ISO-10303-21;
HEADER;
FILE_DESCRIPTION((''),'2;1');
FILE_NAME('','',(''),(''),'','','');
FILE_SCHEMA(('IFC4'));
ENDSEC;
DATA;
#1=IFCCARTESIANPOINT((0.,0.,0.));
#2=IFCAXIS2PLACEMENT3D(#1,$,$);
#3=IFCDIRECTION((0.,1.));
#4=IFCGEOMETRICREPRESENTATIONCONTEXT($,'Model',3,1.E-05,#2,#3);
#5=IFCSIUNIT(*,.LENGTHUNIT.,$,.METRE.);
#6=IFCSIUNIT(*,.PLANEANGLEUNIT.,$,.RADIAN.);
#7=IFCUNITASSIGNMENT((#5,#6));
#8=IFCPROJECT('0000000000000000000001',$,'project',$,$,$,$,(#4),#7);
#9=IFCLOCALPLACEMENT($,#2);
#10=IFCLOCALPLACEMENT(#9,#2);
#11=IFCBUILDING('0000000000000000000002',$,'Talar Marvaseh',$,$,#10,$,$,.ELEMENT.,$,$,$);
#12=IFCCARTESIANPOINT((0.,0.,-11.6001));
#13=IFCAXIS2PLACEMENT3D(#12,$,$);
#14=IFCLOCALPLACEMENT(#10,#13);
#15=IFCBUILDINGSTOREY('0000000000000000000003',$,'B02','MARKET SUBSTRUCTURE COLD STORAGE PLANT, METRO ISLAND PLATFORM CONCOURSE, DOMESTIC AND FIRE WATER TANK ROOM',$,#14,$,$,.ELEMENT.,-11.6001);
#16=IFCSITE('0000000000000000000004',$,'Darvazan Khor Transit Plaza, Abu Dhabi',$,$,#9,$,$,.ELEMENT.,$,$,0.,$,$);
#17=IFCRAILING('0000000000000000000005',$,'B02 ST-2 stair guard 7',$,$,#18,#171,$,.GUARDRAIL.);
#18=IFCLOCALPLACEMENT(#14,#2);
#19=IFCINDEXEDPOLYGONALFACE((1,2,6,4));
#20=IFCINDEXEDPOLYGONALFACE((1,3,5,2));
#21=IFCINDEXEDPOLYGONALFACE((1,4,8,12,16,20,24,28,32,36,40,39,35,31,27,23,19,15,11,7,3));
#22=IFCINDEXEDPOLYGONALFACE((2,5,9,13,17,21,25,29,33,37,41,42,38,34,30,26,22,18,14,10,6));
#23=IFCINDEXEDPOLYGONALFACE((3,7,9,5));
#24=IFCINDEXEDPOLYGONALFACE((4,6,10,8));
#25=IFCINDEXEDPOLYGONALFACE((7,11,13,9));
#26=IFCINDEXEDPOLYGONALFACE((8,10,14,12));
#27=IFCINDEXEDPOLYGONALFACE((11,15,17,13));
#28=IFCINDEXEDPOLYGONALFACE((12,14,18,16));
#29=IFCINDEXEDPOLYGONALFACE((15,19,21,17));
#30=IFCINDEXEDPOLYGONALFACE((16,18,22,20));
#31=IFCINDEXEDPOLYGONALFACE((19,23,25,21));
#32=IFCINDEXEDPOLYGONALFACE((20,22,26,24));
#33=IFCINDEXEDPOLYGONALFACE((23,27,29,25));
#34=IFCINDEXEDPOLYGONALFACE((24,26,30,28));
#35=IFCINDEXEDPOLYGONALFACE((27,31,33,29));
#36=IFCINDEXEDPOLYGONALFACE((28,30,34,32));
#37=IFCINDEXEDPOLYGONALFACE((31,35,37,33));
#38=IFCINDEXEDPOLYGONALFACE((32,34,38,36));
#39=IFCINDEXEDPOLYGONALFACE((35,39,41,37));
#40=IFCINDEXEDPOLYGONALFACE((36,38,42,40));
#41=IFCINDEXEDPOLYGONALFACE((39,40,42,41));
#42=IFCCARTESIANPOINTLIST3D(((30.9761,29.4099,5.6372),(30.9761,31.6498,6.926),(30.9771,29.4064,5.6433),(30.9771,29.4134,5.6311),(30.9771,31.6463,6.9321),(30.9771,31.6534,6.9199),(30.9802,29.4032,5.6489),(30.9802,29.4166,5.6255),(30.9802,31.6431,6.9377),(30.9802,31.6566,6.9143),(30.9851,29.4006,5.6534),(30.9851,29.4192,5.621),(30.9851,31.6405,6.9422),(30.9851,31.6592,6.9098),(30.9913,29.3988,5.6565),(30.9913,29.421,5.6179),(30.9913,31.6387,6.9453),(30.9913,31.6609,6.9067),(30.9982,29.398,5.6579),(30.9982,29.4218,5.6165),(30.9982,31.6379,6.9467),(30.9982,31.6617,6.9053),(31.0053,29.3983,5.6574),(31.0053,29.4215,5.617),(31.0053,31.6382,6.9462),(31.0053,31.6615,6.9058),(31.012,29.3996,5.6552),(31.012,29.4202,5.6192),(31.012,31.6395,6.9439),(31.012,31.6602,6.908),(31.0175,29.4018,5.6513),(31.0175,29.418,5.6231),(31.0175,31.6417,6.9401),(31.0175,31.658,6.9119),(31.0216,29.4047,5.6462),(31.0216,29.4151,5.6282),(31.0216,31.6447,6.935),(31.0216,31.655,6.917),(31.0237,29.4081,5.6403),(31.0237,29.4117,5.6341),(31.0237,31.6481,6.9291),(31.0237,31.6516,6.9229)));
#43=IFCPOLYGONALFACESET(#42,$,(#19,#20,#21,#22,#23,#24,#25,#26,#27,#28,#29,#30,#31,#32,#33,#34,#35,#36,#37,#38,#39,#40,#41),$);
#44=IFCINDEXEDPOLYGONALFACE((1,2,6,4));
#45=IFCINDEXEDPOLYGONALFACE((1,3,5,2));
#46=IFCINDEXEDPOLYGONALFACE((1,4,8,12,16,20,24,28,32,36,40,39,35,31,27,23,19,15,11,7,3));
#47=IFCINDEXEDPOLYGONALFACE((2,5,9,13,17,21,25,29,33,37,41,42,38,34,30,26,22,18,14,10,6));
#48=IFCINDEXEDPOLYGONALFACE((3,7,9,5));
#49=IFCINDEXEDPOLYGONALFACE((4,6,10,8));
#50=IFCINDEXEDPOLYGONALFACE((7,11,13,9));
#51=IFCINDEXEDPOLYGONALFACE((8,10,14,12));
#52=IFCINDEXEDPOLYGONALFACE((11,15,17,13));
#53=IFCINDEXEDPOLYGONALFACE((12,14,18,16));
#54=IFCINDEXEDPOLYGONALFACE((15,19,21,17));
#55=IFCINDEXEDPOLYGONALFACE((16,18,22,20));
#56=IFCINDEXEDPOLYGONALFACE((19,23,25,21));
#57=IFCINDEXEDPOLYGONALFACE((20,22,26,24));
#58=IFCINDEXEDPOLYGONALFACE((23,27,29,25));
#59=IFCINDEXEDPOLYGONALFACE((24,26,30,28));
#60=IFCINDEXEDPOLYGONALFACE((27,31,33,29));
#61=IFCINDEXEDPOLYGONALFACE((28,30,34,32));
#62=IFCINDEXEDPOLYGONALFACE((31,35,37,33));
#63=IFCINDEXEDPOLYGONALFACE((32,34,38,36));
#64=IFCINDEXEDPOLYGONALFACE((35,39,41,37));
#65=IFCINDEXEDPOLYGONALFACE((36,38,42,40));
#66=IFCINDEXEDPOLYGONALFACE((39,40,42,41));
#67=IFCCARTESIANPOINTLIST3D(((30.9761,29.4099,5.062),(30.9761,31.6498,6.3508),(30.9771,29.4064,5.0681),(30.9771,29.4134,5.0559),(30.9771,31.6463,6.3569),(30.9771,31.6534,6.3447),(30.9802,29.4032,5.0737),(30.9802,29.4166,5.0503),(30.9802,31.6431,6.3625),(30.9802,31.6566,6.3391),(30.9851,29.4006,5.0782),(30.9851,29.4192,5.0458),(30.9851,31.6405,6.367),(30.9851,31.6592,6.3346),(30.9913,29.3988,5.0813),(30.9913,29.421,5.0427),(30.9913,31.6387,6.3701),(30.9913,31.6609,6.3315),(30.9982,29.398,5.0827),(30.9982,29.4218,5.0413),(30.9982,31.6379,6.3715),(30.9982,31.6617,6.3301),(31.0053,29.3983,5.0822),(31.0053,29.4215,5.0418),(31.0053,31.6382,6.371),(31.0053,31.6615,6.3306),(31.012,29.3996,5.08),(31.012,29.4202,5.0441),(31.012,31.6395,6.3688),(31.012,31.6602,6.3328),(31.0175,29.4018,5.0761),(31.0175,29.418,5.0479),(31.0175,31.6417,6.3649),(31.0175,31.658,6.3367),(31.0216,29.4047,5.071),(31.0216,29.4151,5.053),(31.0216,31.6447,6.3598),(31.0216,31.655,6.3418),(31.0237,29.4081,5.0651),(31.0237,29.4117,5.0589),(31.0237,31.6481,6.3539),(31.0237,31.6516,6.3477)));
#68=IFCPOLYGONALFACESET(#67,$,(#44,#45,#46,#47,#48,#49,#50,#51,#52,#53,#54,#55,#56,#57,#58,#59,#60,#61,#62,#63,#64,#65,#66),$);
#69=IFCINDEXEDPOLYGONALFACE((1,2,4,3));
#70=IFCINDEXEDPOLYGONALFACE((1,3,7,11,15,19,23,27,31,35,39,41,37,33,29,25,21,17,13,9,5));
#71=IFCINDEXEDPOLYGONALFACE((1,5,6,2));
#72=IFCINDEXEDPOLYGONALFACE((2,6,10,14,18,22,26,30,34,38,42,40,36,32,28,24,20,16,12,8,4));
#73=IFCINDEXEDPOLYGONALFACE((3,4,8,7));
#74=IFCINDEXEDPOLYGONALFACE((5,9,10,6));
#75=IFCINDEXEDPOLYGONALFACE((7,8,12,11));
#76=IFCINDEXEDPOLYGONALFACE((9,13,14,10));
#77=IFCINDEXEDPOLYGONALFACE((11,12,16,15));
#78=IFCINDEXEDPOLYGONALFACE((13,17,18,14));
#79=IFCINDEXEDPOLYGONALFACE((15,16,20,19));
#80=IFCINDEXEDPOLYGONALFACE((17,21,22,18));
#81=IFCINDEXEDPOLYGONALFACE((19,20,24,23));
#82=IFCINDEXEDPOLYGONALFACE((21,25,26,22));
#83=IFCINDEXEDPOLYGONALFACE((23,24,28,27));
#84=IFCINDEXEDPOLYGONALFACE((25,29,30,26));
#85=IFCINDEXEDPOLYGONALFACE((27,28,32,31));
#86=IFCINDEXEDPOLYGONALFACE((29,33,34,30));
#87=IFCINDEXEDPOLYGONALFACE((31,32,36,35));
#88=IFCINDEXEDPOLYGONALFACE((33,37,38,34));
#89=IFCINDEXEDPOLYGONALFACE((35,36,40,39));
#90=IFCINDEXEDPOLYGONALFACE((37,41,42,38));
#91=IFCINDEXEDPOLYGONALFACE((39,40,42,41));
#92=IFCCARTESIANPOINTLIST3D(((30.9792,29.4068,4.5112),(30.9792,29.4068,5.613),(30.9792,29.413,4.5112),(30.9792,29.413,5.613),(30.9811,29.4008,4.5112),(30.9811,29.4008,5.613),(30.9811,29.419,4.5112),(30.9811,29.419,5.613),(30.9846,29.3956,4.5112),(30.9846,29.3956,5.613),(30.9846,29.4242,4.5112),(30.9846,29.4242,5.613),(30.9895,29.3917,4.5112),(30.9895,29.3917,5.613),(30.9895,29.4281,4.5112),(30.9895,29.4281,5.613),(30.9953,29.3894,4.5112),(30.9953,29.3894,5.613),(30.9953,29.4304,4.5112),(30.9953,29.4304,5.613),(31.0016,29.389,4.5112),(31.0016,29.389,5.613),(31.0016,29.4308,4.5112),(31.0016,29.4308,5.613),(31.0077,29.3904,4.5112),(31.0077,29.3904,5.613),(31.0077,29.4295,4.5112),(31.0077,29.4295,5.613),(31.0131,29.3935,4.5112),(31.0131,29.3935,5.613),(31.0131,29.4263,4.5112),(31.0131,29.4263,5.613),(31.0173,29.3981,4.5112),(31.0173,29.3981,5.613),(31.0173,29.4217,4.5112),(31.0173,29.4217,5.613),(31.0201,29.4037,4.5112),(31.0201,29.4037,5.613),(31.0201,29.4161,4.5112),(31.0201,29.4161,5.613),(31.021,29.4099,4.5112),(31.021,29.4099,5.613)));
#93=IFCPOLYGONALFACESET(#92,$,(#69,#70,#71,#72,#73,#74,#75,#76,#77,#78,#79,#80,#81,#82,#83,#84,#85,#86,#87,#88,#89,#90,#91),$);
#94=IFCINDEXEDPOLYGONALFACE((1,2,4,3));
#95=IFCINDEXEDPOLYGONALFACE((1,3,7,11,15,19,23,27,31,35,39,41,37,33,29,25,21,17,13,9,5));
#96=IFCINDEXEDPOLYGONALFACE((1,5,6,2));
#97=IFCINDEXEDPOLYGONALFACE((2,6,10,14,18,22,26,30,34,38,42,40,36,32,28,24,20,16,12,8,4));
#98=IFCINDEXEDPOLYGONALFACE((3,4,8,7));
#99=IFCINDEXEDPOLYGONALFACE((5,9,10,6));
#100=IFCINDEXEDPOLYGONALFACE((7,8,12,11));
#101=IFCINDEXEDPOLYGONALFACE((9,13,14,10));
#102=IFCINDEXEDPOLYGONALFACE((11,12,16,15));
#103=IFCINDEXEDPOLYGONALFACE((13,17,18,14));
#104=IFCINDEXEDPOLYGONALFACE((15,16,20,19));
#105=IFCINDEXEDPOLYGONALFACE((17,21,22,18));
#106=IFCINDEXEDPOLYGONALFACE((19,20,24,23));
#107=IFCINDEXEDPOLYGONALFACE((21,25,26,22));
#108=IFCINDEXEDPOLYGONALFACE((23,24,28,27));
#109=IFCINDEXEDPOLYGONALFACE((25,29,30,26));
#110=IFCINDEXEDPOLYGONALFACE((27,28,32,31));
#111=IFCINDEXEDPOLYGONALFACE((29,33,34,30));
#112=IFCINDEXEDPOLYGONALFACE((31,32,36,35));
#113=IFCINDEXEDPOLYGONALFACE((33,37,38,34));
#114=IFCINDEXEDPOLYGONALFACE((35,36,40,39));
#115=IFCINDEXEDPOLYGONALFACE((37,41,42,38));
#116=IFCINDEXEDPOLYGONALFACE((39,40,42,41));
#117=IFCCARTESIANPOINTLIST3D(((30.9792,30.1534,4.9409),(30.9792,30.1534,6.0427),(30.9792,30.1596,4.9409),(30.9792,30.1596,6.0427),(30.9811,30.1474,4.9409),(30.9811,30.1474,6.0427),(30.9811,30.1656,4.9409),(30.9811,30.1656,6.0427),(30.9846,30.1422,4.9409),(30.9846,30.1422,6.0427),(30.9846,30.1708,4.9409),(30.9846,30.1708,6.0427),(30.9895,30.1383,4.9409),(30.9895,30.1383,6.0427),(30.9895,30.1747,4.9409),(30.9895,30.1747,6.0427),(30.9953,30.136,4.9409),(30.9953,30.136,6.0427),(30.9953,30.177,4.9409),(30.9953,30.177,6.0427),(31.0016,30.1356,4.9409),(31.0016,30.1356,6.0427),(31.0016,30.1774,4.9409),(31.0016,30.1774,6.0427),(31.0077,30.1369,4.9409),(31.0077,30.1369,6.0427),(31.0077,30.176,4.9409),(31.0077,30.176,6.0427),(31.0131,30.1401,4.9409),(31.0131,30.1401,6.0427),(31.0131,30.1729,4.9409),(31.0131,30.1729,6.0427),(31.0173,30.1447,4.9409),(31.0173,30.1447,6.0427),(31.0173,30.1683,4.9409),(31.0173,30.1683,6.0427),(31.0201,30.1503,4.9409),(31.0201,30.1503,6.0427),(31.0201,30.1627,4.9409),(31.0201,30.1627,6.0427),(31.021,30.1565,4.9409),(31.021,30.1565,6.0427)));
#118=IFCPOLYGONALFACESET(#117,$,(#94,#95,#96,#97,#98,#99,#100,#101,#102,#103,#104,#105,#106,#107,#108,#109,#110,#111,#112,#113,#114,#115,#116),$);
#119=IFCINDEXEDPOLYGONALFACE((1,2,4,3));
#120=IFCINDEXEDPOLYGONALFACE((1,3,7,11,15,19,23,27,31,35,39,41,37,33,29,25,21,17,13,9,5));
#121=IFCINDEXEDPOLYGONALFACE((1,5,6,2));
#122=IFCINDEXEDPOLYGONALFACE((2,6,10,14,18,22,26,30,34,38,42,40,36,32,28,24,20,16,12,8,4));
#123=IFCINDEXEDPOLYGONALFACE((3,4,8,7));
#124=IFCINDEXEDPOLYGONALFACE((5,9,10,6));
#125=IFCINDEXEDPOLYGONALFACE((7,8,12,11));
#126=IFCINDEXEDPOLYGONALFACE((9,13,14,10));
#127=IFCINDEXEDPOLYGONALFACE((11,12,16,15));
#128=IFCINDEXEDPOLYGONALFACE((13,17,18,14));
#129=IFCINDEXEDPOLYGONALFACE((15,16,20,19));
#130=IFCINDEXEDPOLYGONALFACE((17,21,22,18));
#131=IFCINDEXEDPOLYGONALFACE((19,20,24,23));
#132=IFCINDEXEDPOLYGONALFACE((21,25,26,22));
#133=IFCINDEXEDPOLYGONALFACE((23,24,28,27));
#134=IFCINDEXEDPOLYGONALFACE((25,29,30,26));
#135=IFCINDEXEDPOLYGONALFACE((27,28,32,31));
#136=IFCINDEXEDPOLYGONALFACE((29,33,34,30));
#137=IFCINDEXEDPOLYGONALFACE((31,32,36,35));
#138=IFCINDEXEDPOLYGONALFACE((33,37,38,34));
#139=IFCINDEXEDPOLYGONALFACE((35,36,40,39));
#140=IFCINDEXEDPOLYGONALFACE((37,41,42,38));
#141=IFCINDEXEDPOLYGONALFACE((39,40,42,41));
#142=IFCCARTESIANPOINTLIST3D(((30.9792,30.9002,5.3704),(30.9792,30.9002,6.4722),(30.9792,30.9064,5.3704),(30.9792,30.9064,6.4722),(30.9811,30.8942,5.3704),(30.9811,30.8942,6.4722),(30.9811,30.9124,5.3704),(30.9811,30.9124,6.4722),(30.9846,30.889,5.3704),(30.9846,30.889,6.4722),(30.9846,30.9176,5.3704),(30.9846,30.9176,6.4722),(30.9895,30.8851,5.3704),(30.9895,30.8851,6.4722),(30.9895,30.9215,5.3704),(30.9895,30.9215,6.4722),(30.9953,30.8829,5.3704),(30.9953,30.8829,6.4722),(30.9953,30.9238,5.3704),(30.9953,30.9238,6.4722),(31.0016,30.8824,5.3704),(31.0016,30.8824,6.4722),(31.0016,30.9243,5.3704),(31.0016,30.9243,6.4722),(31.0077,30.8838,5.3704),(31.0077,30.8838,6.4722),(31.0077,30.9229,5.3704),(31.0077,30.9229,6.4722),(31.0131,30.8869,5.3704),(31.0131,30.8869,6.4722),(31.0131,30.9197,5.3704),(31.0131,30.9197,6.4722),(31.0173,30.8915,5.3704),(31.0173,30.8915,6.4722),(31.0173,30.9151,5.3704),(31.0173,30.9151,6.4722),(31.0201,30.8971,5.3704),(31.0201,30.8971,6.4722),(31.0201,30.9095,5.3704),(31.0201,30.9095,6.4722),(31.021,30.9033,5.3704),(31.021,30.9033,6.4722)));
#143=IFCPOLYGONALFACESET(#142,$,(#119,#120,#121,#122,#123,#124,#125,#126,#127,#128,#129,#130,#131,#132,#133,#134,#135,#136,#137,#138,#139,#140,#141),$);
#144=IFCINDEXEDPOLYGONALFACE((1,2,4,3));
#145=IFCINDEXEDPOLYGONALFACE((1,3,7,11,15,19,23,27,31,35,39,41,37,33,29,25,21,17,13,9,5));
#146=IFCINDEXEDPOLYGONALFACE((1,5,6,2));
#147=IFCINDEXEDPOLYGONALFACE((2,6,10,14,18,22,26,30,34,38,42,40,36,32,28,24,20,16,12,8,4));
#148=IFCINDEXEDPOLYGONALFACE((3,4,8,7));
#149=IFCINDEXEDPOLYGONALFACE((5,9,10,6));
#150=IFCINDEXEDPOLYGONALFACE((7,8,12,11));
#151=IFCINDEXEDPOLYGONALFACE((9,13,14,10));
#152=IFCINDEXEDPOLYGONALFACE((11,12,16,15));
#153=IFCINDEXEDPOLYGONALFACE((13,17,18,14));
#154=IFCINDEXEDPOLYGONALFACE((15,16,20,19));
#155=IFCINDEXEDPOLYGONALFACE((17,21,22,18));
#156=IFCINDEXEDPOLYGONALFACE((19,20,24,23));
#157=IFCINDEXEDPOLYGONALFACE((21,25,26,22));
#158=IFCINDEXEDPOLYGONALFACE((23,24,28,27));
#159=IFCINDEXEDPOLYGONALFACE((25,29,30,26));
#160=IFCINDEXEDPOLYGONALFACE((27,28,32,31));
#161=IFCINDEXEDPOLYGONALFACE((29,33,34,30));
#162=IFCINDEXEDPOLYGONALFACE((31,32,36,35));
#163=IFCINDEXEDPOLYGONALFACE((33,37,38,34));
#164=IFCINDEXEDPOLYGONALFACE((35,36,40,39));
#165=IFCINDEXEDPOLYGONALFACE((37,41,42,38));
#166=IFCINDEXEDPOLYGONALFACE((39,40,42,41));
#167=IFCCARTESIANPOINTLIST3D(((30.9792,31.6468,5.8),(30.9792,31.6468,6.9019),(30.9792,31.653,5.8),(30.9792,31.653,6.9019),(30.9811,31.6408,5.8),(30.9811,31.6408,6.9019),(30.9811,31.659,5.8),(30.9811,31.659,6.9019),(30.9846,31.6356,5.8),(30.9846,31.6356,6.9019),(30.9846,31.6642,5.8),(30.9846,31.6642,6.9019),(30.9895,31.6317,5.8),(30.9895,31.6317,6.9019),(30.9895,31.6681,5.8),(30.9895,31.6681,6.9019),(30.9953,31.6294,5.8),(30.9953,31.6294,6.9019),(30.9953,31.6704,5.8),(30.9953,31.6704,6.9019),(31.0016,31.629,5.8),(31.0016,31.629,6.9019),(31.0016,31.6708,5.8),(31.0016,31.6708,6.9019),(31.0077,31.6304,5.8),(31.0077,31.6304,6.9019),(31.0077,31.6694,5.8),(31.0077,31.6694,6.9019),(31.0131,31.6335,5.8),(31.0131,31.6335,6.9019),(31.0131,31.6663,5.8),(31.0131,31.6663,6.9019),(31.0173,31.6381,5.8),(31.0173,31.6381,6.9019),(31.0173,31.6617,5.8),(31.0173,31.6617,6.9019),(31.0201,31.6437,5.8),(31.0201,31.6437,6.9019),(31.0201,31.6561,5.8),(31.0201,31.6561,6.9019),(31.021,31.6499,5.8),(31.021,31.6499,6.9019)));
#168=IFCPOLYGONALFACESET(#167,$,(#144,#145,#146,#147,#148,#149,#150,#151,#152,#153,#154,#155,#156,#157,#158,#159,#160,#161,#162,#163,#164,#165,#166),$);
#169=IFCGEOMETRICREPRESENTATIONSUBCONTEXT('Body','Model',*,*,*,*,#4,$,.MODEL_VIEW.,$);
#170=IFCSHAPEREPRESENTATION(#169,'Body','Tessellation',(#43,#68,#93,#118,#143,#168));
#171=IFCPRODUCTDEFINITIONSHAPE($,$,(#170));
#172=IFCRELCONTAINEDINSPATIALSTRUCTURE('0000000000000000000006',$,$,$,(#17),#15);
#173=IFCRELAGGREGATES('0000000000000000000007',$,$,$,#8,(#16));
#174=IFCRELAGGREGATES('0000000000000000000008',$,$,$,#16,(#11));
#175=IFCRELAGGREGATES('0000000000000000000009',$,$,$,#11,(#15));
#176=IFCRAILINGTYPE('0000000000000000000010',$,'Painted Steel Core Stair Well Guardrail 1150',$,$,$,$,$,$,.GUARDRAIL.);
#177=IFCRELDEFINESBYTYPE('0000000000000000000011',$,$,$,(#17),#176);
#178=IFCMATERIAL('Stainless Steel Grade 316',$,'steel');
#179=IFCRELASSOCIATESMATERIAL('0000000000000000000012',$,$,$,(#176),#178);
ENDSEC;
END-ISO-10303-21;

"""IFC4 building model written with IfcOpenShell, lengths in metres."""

from ifc_helpers import new_model, si_unit, direction, frame, origin, origin_2d, place, context, subcontext, project, spatial, circle, extrude, material, type_object, element, save


model = new_model("IFC4")

# Units and contexts
model_context = context("Model", 3, precision=1e-05, world=origin(), true_north=direction((0.0, 1.0)))
body_context = subcontext(model_context, "Body", "Model", "MODEL_VIEW")
ifc_project = project(units=[si_unit("LENGTHUNIT", "METRE"), si_unit("PLANEANGLEUNIT", "RADIAN")], contexts=[model_context])

# Site, building, storey
site_placement = place(None, origin())
site = spatial("IfcSite", under=ifc_project, at=site_placement, Name="Darvazan Khor Transit Plaza, Abu Dhabi", CompositionType="ELEMENT", RefElevation=0.0)
building_placement = place(site_placement, origin())
building = spatial("IfcBuilding", under=site, at=building_placement, Name="Talar Marvaseh", CompositionType="ELEMENT")
storey_placement = place(building_placement, frame((0.0, 0.0, -11.6001)))
storey = spatial("IfcBuildingStorey", under=building, at=storey_placement, Name="B02", Description="MARKET SUBSTRUCTURE COLD STORAGE PLANT, METRO ISLAND PLATFORM CONCOURSE, DOMESTIC AND FIRE WATER TANK ROOM", CompositionType="ELEMENT", Elevation=-11.6001)

# Railing
ifc_material_1 = material(Name="Stainless Steel Grade 316", Category="steel")
railing_type_1 = type_object("IfcRailingType", Name="Painted Steel Core Stair Well Guardrail 1150", PredefinedType="GUARDRAIL", material=ifc_material_1)
for number, where, name in (
    (1, (31.0, 29.4099, 4.5112), "B02 ST-2 stair guard 7"),
):
    element("IfcRailing", number, at=place(storey_placement, frame(where)), inside=storey, type_object=railing_type_1, Name=name, PredefinedType="GUARDRAIL", context=body_context, shape_type="SweptSolid", body=[
        extrude(circle(Radius=0.0239, at=origin_2d()), frame((0.0, 0.0, 1.126), z_axis=(0.0, 0.866768, 0.498711), x_axis=(-1.0, 0.0, 0.0)), (0.0, 0.0, 1.0), 2.5842),
        extrude(circle(Radius=0.0239, at=origin_2d()), frame((0.0, 0.0, 0.5508), z_axis=(0.0, 0.866768, 0.498711), x_axis=(-1.0, 0.0, 0.0)), (0.0, 0.0, 1.0), 2.5842),
        extrude(circle(Radius=0.021, at=origin_2d()), origin(), (0.0, 0.0, 1.0), 1.1018),
        extrude(circle(Radius=0.021, at=origin_2d()), frame((0.0, 0.7466, 0.4297)), (0.0, 0.0, 1.0), 1.1018),
        extrude(circle(Radius=0.021, at=origin_2d()), frame((0.0, 1.4934, 0.8591)), (0.0, 0.0, 1.0), 1.1018),
        extrude(circle(Radius=0.021, at=origin_2d()), frame((0.0, 2.24, 1.2888)), (0.0, 0.0, 1.0), 1.1018),
    ])

save(model, "model.ifc")
